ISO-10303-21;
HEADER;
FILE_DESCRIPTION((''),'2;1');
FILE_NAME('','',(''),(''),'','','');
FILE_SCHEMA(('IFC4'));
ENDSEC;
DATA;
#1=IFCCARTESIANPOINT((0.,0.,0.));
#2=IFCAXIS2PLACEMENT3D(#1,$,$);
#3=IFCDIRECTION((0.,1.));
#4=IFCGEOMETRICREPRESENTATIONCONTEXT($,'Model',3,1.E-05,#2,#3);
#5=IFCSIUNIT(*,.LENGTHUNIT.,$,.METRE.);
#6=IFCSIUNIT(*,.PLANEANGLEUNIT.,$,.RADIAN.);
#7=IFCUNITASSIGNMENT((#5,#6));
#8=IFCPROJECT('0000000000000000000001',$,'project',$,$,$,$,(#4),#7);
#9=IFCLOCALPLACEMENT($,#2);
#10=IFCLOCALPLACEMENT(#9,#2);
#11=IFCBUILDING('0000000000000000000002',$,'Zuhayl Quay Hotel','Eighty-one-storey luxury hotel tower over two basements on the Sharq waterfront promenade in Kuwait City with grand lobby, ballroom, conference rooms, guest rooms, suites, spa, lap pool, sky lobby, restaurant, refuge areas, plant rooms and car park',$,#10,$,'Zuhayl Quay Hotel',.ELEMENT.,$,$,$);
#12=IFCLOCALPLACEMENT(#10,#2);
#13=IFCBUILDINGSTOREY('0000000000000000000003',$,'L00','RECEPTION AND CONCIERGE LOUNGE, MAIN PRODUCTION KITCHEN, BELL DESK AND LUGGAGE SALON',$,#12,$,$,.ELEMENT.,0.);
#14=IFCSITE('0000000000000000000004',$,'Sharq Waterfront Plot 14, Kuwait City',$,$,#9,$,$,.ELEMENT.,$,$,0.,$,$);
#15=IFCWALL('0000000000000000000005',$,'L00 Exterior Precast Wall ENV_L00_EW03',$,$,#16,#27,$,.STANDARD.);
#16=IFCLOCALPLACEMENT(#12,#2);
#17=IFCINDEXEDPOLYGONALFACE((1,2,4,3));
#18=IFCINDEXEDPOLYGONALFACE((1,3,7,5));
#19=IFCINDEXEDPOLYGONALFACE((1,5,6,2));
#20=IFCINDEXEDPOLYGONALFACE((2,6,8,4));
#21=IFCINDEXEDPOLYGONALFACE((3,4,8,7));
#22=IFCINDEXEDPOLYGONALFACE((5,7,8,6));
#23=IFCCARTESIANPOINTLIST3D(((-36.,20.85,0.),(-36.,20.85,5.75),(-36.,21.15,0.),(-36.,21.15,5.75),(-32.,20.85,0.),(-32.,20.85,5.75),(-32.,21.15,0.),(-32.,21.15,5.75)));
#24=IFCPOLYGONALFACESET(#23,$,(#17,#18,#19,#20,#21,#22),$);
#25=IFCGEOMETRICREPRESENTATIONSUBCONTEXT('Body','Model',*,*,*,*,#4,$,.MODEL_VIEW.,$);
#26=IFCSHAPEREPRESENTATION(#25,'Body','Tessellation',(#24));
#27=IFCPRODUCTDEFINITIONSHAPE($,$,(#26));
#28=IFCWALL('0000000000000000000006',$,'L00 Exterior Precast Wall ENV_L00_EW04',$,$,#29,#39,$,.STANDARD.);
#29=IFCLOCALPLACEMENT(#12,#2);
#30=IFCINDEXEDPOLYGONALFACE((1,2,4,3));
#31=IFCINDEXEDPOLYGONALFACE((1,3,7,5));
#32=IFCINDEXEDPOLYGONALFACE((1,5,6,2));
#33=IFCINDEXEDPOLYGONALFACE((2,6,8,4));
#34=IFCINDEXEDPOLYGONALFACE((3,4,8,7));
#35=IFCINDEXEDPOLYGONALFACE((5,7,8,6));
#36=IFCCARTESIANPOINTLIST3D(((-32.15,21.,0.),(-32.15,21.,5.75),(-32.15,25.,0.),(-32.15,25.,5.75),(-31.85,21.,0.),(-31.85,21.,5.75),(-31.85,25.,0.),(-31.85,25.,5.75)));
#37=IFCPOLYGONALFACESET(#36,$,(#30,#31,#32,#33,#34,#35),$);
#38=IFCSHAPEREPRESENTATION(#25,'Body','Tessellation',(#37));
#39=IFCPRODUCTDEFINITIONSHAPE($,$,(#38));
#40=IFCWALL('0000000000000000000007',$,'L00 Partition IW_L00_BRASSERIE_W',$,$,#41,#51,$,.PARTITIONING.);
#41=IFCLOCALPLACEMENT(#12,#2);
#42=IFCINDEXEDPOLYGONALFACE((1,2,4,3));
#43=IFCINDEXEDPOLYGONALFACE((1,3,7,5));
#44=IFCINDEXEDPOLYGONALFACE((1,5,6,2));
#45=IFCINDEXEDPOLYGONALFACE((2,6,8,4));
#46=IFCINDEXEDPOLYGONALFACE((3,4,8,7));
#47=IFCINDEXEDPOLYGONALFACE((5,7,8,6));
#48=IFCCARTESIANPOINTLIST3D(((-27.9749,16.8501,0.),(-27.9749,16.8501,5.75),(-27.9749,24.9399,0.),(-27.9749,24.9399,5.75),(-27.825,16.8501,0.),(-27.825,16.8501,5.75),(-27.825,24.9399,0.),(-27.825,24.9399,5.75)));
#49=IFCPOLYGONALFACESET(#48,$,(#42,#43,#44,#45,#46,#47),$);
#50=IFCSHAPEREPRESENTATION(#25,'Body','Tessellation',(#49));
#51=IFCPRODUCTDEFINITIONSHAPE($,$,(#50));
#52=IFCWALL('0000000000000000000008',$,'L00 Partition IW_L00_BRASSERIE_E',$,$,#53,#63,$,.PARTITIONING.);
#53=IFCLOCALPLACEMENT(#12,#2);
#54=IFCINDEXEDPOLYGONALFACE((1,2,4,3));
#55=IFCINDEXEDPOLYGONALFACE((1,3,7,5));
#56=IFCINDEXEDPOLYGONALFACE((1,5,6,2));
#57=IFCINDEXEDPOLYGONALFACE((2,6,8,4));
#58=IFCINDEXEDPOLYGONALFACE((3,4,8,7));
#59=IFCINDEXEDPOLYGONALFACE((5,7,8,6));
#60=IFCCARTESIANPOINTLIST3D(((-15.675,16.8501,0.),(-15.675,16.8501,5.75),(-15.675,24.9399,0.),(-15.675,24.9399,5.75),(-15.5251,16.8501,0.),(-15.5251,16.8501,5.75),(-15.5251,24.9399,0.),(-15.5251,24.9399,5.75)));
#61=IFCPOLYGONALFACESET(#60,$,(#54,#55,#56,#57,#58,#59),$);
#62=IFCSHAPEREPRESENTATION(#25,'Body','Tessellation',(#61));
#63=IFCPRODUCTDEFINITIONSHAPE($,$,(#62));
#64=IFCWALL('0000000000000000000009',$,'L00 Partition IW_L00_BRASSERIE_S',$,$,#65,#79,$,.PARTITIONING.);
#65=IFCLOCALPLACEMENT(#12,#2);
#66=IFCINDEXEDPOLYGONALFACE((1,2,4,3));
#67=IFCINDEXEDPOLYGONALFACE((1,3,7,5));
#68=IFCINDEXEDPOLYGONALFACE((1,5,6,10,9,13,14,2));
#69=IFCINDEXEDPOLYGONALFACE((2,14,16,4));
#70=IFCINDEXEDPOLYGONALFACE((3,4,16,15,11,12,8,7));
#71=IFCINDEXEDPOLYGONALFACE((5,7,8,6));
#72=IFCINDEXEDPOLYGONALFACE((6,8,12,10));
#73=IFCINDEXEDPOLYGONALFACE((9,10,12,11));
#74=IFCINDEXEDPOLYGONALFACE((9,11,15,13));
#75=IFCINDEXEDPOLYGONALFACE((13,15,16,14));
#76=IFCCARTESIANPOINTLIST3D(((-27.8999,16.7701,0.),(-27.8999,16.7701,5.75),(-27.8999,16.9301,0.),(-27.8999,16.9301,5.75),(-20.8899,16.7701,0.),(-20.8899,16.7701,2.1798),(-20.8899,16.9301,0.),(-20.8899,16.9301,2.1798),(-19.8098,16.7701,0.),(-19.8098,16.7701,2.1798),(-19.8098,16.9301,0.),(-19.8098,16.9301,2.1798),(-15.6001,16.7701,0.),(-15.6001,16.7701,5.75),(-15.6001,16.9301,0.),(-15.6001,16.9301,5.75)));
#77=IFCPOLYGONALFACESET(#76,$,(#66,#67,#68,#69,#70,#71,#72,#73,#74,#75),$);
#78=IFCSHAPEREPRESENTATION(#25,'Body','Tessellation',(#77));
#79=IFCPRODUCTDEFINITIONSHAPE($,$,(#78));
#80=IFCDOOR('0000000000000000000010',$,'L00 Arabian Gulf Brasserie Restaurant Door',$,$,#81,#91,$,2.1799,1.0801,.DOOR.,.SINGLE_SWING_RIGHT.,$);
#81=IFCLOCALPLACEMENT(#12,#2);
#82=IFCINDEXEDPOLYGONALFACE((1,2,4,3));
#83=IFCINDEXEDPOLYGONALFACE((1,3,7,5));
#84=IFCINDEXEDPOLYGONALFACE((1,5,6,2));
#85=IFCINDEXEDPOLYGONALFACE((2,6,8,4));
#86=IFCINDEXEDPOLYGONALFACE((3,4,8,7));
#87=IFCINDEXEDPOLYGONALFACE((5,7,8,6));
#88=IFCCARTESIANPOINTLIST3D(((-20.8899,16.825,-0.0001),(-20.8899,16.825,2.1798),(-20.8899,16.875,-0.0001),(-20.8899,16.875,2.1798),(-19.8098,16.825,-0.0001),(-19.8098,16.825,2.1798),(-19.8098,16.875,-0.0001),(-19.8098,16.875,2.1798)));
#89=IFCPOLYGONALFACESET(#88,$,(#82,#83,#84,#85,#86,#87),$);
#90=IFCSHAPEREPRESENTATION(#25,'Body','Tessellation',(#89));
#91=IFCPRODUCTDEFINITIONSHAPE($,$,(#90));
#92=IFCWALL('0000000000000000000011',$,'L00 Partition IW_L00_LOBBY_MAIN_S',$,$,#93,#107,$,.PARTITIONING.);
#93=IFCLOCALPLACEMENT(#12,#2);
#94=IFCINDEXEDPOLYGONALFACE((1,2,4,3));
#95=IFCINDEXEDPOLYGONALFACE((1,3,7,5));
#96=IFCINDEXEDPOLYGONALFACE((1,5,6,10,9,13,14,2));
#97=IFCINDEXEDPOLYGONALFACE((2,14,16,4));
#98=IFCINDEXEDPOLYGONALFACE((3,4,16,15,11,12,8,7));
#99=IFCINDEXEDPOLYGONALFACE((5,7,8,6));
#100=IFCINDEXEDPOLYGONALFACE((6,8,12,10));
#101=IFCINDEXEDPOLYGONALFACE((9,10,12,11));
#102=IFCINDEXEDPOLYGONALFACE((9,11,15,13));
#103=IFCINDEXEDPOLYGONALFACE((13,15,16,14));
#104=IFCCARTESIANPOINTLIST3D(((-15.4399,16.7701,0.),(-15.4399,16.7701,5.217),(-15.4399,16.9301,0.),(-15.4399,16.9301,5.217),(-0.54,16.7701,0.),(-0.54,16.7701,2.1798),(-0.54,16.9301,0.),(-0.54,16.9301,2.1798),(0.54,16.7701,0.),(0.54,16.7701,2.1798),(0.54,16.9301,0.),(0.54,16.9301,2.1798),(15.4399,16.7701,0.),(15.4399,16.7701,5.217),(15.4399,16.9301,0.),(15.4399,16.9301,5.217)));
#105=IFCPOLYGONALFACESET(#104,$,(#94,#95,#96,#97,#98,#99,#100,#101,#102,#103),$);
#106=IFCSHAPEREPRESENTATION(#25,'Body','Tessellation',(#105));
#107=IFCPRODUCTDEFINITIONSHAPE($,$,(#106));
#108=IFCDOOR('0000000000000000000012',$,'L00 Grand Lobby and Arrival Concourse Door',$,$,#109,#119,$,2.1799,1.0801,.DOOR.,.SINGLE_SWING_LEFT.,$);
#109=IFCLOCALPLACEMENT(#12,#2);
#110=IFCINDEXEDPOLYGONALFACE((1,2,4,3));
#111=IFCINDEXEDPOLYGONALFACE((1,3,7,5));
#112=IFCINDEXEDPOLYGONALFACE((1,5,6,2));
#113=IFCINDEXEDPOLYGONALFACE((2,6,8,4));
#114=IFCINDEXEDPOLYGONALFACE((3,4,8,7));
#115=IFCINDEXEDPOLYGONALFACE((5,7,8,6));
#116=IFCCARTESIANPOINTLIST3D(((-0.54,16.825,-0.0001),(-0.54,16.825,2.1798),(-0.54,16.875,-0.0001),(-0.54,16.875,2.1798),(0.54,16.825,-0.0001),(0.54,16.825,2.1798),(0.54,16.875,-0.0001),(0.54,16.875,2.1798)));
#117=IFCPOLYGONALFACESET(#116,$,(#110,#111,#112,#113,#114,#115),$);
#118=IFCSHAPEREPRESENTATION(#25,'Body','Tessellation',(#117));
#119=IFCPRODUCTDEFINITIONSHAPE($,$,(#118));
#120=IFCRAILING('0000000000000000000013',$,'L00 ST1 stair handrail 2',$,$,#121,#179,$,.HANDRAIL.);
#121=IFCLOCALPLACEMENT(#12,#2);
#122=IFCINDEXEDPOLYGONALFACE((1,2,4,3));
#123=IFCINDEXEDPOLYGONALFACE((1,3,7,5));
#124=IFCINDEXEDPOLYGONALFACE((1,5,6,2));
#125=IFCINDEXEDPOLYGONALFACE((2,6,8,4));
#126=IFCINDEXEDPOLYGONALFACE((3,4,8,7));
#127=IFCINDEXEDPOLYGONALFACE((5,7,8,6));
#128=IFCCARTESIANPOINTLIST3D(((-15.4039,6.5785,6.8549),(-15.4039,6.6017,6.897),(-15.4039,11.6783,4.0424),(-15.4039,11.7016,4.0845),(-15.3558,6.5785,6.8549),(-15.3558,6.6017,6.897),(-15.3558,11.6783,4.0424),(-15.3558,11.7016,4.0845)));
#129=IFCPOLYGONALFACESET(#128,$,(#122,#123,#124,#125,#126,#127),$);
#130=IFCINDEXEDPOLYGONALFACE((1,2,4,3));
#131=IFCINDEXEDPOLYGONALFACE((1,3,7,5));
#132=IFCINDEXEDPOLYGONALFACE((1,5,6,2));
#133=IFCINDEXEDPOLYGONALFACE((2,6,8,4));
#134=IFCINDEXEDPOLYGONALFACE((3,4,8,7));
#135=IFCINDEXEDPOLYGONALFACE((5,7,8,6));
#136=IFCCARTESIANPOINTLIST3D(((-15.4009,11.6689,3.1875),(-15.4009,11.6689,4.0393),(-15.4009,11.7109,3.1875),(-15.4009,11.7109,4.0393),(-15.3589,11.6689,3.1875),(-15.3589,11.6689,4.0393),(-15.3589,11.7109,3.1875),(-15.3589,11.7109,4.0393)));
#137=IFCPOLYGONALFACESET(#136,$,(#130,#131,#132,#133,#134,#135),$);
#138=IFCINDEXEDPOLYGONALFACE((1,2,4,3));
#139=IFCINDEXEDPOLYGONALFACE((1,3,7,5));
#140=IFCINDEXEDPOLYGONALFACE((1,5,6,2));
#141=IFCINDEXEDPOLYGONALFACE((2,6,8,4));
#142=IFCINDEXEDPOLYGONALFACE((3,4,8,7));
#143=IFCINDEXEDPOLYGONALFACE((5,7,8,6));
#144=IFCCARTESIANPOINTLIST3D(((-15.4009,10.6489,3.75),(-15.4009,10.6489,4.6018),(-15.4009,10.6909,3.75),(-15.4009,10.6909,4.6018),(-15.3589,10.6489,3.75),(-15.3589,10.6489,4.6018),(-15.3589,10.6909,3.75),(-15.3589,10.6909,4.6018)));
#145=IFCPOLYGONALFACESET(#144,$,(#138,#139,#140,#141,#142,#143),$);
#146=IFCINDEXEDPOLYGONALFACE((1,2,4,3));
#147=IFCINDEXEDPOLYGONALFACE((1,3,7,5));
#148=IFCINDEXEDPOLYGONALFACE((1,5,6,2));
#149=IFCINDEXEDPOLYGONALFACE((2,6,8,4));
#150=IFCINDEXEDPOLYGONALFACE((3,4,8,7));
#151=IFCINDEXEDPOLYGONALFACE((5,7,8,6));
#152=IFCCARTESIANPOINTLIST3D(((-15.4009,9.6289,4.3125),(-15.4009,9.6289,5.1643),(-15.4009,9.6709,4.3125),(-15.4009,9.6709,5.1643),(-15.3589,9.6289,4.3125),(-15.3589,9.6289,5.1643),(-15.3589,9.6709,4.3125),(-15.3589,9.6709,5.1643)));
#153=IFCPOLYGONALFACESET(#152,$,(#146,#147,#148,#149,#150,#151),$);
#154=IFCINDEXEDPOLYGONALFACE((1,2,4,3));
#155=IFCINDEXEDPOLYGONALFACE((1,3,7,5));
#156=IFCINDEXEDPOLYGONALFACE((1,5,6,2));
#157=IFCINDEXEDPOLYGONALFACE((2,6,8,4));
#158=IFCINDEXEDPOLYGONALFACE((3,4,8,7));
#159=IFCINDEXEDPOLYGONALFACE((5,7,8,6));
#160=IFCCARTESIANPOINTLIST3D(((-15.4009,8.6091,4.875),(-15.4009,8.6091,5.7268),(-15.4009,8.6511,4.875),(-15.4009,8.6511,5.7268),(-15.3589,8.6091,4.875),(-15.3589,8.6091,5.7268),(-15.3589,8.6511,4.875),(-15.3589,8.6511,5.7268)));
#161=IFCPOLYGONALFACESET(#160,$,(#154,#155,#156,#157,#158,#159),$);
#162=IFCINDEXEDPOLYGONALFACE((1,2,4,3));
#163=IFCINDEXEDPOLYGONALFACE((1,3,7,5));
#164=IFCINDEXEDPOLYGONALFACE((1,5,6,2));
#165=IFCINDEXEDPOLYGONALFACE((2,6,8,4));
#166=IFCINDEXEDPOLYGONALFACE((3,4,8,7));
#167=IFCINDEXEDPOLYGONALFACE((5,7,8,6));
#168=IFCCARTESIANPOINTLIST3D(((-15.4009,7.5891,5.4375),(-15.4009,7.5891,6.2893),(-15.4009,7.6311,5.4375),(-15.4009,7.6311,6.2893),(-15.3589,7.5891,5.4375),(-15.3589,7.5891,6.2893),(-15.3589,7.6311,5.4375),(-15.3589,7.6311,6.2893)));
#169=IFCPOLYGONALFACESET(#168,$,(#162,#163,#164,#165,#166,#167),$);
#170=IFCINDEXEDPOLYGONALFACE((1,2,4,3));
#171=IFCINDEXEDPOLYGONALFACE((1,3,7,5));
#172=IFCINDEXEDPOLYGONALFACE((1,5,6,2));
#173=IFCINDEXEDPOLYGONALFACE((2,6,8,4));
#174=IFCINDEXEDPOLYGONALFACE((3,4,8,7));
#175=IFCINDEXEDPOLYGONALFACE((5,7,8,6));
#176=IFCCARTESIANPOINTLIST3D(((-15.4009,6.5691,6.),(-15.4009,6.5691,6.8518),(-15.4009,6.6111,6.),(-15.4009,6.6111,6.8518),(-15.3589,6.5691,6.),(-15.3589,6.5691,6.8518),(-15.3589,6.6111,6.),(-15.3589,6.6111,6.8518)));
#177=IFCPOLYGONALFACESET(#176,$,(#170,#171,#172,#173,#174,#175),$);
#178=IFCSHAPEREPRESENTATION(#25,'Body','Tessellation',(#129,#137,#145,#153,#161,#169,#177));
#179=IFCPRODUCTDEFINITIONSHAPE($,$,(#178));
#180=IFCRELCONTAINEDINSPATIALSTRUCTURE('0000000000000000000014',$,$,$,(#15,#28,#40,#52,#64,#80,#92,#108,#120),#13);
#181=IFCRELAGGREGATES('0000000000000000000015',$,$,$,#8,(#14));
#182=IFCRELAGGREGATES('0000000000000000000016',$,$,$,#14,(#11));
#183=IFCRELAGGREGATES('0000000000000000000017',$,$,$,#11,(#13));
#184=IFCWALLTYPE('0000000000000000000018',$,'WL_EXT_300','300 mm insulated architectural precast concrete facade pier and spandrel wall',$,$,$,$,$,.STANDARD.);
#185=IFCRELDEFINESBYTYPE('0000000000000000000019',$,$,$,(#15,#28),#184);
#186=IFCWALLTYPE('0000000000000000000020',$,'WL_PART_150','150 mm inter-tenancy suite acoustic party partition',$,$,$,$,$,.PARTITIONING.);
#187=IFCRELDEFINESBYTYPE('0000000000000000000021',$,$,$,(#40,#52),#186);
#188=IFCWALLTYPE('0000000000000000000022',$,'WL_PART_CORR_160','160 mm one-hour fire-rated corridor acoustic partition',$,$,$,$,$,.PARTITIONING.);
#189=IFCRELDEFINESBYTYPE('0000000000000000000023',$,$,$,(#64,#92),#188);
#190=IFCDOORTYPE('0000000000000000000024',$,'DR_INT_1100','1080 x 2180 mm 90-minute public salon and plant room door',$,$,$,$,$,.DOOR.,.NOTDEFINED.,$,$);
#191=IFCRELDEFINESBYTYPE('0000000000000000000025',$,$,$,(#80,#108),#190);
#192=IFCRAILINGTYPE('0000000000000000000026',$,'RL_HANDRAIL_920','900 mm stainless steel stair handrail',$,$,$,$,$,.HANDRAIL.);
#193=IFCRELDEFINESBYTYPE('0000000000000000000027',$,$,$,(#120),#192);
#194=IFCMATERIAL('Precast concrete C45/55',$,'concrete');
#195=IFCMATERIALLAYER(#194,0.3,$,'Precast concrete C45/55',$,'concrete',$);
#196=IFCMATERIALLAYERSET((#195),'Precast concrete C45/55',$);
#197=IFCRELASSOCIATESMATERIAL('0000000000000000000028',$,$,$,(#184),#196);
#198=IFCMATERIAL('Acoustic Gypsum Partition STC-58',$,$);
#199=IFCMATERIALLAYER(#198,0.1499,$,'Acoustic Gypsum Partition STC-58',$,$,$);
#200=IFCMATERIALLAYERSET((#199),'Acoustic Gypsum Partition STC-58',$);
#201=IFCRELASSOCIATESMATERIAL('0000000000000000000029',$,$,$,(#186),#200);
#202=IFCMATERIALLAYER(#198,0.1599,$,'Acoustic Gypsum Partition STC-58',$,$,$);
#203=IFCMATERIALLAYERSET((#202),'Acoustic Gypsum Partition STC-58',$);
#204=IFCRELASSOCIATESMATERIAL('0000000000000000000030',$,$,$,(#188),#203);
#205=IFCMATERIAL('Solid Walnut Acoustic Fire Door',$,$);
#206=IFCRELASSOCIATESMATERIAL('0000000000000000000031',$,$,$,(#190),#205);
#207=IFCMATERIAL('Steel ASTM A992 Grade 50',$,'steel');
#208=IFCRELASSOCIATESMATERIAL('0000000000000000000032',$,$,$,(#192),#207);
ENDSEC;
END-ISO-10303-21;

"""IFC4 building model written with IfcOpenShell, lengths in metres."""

from ifc_helpers import new_model, si_unit, direction, frame, frame_2d, origin, origin_2d, place, context, subcontext, project, spatial, rectangle, extrude, material, layer, layer_set, type_object, element, fill, save


model = new_model("IFC4")

# Units and contexts
model_context = context("Model", 3, precision=1e-05, world=origin(), true_north=direction((0.0, 1.0)))
body_context = subcontext(model_context, "Body", "Model", "MODEL_VIEW")
ifc_project = project(units=[si_unit("LENGTHUNIT", "METRE"), si_unit("PLANEANGLEUNIT", "RADIAN")], contexts=[model_context])

# Site, building, storey
site_placement = place(None, origin())
site = spatial("IfcSite", under=ifc_project, at=site_placement, Name="Sharq Waterfront Plot 14, Kuwait City", CompositionType="ELEMENT", RefElevation=0.0)
building_placement = place(site_placement, origin())
building = spatial("IfcBuilding", under=site, at=building_placement, Name="Zuhayl Quay Hotel", Description="Eighty-one-storey luxury hotel tower over two basements on the Sharq waterfront promenade in Kuwait City with grand lobby, ballroom, conference rooms, guest rooms, suites, spa, lap pool, sky lobby, restaurant, refuge areas, plant rooms and car park", LongName="Zuhayl Quay Hotel", CompositionType="ELEMENT")
storey_placement = place(building_placement, origin())
storey = spatial("IfcBuildingStorey", under=building, at=storey_placement, Name="L00", Description="RECEPTION AND CONCIERGE LOUNGE, MAIN PRODUCTION KITCHEN, BELL DESK AND LUGGAGE SALON", CompositionType="ELEMENT", Elevation=0.0)

# Shared definitions
ifc_material_1 = material(Name="Steel ASTM A992 Grade 50", Category="steel")

# Walls
ifc_material_2 = material(Name="Precast concrete C45/55", Category="concrete")
ifc_layer_1 = layer(ifc_material_2, 0.3, Name="Precast concrete C45/55", Category="concrete")
ifc_layer_set_1 = layer_set([ifc_layer_1], Name="Precast concrete C45/55")
wall_type_1 = type_object("IfcWallType", Name="WL_EXT_300", Description="300 mm insulated architectural precast concrete facade pier and spandrel wall", PredefinedType="STANDARD", material=ifc_layer_set_1)
for number, where, z_axis, x_axis, name in (
    (1, (-36.0, 21.0, 0.0), (0.0, 0.0, 1.0), (1.0, 0.0, 0.0), "L00 Exterior Precast Wall ENV_L00_EW03"),
    (2, (-32.0, 21.0, 0.0), (0.0, 0.0, 1.0), (0.0, 1.0, 0.0), "L00 Exterior Precast Wall ENV_L00_EW04"),
):
    element("IfcWall", number, at=place(storey_placement, frame(where, z_axis=z_axis, x_axis=x_axis)), inside=storey, type_object=wall_type_1, Name=name, PredefinedType="STANDARD", context=body_context, shape_type="SweptSolid", body=[
        extrude(rectangle(XDim=4.0, YDim=0.3, at=frame_2d((2.0, 0.0))), origin(), (0.0, 0.0, 1.0), 5.75),
    ])
ifc_material_3 = material(Name="Acoustic Gypsum Partition STC-58")
ifc_layer_2 = layer(ifc_material_3, 0.1499, Name="Acoustic Gypsum Partition STC-58")
ifc_layer_set_2 = layer_set([ifc_layer_2], Name="Acoustic Gypsum Partition STC-58")
wall_type_2 = type_object("IfcWallType", Name="WL_PART_150", Description="150 mm inter-tenancy suite acoustic party partition", PredefinedType="PARTITIONING", material=ifc_layer_set_2)
for number, where, z_axis, x_axis, name in (
    (3, (-27.8999, 16.8501, 0.0), (0.0, 0.0, 1.0), (0.0, 1.0, 0.0), "L00 Partition IW_L00_BRASSERIE_W"),
    (4, (-15.6001, 16.8501, 0.0), (0.0, 0.0, 1.0), (0.0, 1.0, 0.0), "L00 Partition IW_L00_BRASSERIE_E"),
):
    element("IfcWall", number, at=place(storey_placement, frame(where, z_axis=z_axis, x_axis=x_axis)), inside=storey, type_object=wall_type_2, Name=name, PredefinedType="PARTITIONING", context=body_context, shape_type="SweptSolid", body=[
        extrude(rectangle(XDim=8.0898, YDim=0.1499, at=frame_2d((4.0449, 0.0))), origin(), (0.0, 0.0, 1.0), 5.75),
    ])

# Walls, openings, doors
ifc_layer_3 = layer(ifc_material_3, 0.1599, Name="Acoustic Gypsum Partition STC-58")
ifc_layer_set_3 = layer_set([ifc_layer_3], Name="Acoustic Gypsum Partition STC-58")
wall_type_3 = type_object("IfcWallType", Name="WL_PART_CORR_160", Description="160 mm one-hour fire-rated corridor acoustic partition", PredefinedType="PARTITIONING", material=ifc_layer_set_3)
wall_1_placement = place(storey_placement, frame((-27.8999, 16.8501, 0.0), z_axis=(0.0, 0.0, 1.0), x_axis=(1.0, 0.0, 0.0)))
wall_1 = element("IfcWall", 5, at=wall_1_placement, inside=storey, type_object=wall_type_3, Name="L00 Partition IW_L00_BRASSERIE_S", PredefinedType="PARTITIONING", context=body_context, shape_type="SweptSolid", body=[
    extrude(rectangle(XDim=12.2998, YDim=0.1599, at=frame_2d((6.1499, 0.0))), origin(), (0.0, 0.0, 1.0), 5.75),
])
opening_1_placement = place(wall_1_placement, frame((7.01, 0.0, 0.0)))
opening_1 = element("IfcOpeningElement", 6, at=opening_1_placement, cuts=wall_1, PredefinedType="OPENING", context=body_context, shape_type="SweptSolid", body=[
    extrude(rectangle(XDim=1.0801, YDim=2.1799, at=frame_2d((0.54, 1.0898))), frame((0.0, 0.0898, 0.0), z_axis=(0.0, -1.0, 0.0), x_axis=(1.0, 0.0, 0.0)), (0.0, 0.0, 1.0), 0.1799),
])
ifc_material_4 = material(Name="Solid Walnut Acoustic Fire Door")
door_type = type_object("IfcDoorType", Name="DR_INT_1100", Description="1080 x 2180 mm 90-minute public salon and plant room door", OperationType="NOTDEFINED", PredefinedType="DOOR", material=ifc_material_4)
door_1_placement = place(opening_1_placement, origin())
door_1 = element("IfcDoor", 7, at=door_1_placement, inside=storey, type_object=door_type, Name="L00 Arabian Gulf Brasserie Restaurant Door", OperationType="SINGLE_SWING_RIGHT", OverallHeight=2.1799, OverallWidth=1.0801, PredefinedType="DOOR", context=body_context, shape_type="SweptSolid", body=[
    extrude(rectangle(XDim=1.0801, YDim=2.1799, at=frame_2d((0.54, 1.0898))), frame((0.0, 0.0249, 0.0), z_axis=(0.0, -1.0, 0.0), x_axis=(1.0, 0.0, 0.0)), (0.0, 0.0, 1.0), 0.05),
])
fill(opening_1, door_1)
wall_2_placement = place(storey_placement, frame((-15.4399, 16.8501, 0.0), z_axis=(0.0, 0.0, 1.0), x_axis=(1.0, 0.0, 0.0)))
wall_2 = element("IfcWall", 8, at=wall_2_placement, inside=storey, type_object=wall_type_3, Name="L00 Partition IW_L00_LOBBY_MAIN_S", PredefinedType="PARTITIONING", context=body_context, shape_type="SweptSolid", body=[
    extrude(rectangle(XDim=30.8799, YDim=0.1599, at=frame_2d((15.4399, 0.0))), origin(), (0.0, 0.0, 1.0), 5.217),
])
opening_2_placement = place(wall_2_placement, frame((14.8999, 0.0, 0.0)))
opening_2 = element("IfcOpeningElement", 9, at=opening_2_placement, cuts=wall_2, PredefinedType="OPENING", context=body_context, shape_type="SweptSolid", body=[
    extrude(rectangle(XDim=1.0801, YDim=2.1799, at=frame_2d((0.54, 1.0898))), frame((0.0, 0.0898, 0.0), z_axis=(0.0, -1.0, 0.0), x_axis=(1.0, 0.0, 0.0)), (0.0, 0.0, 1.0), 0.1799),
])
door_2_placement = place(opening_2_placement, origin())
door_2 = element("IfcDoor", 10, at=door_2_placement, inside=storey, type_object=door_type, Name="L00 Grand Lobby and Arrival Concourse Door", OperationType="SINGLE_SWING_LEFT", OverallHeight=2.1799, OverallWidth=1.0801, PredefinedType="DOOR", context=body_context, shape_type="SweptSolid", body=[
    extrude(rectangle(XDim=1.0801, YDim=2.1799, at=frame_2d((0.54, 1.0898))), frame((0.0, 0.0249, 0.0), z_axis=(0.0, -1.0, 0.0), x_axis=(1.0, 0.0, 0.0)), (0.0, 0.0, 1.0), 0.05),
])
fill(opening_2, door_2)

# Railing
railing_type = type_object("IfcRailingType", Name="RL_HANDRAIL_920", Description="900 mm stainless steel stair handrail", PredefinedType="HANDRAIL", material=ifc_material_1)
railing_placement = place(storey_placement, frame((-15.3799, 11.6899, 3.1875)))
element("IfcRailing", 11, at=railing_placement, inside=storey, type_object=railing_type, Name="L00 ST1 stair handrail 2", PredefinedType="HANDRAIL", context=body_context, shape_type="SweptSolid", body=[
    extrude(rectangle(XDim=0.0481, YDim=0.0481, at=origin_2d()), frame((0.0, 0.0, 0.876), z_axis=(0.0, -0.875666, 0.482918), x_axis=(1.0, 0.0, 0.0)), (0.0, 0.0, 1.0), 5.824),
    extrude(rectangle(XDim=0.042, YDim=0.042, at=origin_2d()), origin(), (0.0, 0.0, 1.0), 0.8518),
    extrude(rectangle(XDim=0.042, YDim=0.042, at=origin_2d()), frame((0.0, -1.02, 0.5625)), (0.0, 0.0, 1.0), 0.8518),
    extrude(rectangle(XDim=0.042, YDim=0.042, at=origin_2d()), frame((0.0, -2.04, 1.125)), (0.0, 0.0, 1.0), 0.8518),
    extrude(rectangle(XDim=0.042, YDim=0.042, at=origin_2d()), frame((0.0, -3.0598, 1.6875)), (0.0, 0.0, 1.0), 0.8518),
    extrude(rectangle(XDim=0.042, YDim=0.042, at=origin_2d()), frame((0.0, -4.0798, 2.25)), (0.0, 0.0, 1.0), 0.8518),
    extrude(rectangle(XDim=0.042, YDim=0.042, at=origin_2d()), frame((0.0, -5.0999, 2.8125)), (0.0, 0.0, 1.0), 0.8518),
])

save(model, "model.ifc")
